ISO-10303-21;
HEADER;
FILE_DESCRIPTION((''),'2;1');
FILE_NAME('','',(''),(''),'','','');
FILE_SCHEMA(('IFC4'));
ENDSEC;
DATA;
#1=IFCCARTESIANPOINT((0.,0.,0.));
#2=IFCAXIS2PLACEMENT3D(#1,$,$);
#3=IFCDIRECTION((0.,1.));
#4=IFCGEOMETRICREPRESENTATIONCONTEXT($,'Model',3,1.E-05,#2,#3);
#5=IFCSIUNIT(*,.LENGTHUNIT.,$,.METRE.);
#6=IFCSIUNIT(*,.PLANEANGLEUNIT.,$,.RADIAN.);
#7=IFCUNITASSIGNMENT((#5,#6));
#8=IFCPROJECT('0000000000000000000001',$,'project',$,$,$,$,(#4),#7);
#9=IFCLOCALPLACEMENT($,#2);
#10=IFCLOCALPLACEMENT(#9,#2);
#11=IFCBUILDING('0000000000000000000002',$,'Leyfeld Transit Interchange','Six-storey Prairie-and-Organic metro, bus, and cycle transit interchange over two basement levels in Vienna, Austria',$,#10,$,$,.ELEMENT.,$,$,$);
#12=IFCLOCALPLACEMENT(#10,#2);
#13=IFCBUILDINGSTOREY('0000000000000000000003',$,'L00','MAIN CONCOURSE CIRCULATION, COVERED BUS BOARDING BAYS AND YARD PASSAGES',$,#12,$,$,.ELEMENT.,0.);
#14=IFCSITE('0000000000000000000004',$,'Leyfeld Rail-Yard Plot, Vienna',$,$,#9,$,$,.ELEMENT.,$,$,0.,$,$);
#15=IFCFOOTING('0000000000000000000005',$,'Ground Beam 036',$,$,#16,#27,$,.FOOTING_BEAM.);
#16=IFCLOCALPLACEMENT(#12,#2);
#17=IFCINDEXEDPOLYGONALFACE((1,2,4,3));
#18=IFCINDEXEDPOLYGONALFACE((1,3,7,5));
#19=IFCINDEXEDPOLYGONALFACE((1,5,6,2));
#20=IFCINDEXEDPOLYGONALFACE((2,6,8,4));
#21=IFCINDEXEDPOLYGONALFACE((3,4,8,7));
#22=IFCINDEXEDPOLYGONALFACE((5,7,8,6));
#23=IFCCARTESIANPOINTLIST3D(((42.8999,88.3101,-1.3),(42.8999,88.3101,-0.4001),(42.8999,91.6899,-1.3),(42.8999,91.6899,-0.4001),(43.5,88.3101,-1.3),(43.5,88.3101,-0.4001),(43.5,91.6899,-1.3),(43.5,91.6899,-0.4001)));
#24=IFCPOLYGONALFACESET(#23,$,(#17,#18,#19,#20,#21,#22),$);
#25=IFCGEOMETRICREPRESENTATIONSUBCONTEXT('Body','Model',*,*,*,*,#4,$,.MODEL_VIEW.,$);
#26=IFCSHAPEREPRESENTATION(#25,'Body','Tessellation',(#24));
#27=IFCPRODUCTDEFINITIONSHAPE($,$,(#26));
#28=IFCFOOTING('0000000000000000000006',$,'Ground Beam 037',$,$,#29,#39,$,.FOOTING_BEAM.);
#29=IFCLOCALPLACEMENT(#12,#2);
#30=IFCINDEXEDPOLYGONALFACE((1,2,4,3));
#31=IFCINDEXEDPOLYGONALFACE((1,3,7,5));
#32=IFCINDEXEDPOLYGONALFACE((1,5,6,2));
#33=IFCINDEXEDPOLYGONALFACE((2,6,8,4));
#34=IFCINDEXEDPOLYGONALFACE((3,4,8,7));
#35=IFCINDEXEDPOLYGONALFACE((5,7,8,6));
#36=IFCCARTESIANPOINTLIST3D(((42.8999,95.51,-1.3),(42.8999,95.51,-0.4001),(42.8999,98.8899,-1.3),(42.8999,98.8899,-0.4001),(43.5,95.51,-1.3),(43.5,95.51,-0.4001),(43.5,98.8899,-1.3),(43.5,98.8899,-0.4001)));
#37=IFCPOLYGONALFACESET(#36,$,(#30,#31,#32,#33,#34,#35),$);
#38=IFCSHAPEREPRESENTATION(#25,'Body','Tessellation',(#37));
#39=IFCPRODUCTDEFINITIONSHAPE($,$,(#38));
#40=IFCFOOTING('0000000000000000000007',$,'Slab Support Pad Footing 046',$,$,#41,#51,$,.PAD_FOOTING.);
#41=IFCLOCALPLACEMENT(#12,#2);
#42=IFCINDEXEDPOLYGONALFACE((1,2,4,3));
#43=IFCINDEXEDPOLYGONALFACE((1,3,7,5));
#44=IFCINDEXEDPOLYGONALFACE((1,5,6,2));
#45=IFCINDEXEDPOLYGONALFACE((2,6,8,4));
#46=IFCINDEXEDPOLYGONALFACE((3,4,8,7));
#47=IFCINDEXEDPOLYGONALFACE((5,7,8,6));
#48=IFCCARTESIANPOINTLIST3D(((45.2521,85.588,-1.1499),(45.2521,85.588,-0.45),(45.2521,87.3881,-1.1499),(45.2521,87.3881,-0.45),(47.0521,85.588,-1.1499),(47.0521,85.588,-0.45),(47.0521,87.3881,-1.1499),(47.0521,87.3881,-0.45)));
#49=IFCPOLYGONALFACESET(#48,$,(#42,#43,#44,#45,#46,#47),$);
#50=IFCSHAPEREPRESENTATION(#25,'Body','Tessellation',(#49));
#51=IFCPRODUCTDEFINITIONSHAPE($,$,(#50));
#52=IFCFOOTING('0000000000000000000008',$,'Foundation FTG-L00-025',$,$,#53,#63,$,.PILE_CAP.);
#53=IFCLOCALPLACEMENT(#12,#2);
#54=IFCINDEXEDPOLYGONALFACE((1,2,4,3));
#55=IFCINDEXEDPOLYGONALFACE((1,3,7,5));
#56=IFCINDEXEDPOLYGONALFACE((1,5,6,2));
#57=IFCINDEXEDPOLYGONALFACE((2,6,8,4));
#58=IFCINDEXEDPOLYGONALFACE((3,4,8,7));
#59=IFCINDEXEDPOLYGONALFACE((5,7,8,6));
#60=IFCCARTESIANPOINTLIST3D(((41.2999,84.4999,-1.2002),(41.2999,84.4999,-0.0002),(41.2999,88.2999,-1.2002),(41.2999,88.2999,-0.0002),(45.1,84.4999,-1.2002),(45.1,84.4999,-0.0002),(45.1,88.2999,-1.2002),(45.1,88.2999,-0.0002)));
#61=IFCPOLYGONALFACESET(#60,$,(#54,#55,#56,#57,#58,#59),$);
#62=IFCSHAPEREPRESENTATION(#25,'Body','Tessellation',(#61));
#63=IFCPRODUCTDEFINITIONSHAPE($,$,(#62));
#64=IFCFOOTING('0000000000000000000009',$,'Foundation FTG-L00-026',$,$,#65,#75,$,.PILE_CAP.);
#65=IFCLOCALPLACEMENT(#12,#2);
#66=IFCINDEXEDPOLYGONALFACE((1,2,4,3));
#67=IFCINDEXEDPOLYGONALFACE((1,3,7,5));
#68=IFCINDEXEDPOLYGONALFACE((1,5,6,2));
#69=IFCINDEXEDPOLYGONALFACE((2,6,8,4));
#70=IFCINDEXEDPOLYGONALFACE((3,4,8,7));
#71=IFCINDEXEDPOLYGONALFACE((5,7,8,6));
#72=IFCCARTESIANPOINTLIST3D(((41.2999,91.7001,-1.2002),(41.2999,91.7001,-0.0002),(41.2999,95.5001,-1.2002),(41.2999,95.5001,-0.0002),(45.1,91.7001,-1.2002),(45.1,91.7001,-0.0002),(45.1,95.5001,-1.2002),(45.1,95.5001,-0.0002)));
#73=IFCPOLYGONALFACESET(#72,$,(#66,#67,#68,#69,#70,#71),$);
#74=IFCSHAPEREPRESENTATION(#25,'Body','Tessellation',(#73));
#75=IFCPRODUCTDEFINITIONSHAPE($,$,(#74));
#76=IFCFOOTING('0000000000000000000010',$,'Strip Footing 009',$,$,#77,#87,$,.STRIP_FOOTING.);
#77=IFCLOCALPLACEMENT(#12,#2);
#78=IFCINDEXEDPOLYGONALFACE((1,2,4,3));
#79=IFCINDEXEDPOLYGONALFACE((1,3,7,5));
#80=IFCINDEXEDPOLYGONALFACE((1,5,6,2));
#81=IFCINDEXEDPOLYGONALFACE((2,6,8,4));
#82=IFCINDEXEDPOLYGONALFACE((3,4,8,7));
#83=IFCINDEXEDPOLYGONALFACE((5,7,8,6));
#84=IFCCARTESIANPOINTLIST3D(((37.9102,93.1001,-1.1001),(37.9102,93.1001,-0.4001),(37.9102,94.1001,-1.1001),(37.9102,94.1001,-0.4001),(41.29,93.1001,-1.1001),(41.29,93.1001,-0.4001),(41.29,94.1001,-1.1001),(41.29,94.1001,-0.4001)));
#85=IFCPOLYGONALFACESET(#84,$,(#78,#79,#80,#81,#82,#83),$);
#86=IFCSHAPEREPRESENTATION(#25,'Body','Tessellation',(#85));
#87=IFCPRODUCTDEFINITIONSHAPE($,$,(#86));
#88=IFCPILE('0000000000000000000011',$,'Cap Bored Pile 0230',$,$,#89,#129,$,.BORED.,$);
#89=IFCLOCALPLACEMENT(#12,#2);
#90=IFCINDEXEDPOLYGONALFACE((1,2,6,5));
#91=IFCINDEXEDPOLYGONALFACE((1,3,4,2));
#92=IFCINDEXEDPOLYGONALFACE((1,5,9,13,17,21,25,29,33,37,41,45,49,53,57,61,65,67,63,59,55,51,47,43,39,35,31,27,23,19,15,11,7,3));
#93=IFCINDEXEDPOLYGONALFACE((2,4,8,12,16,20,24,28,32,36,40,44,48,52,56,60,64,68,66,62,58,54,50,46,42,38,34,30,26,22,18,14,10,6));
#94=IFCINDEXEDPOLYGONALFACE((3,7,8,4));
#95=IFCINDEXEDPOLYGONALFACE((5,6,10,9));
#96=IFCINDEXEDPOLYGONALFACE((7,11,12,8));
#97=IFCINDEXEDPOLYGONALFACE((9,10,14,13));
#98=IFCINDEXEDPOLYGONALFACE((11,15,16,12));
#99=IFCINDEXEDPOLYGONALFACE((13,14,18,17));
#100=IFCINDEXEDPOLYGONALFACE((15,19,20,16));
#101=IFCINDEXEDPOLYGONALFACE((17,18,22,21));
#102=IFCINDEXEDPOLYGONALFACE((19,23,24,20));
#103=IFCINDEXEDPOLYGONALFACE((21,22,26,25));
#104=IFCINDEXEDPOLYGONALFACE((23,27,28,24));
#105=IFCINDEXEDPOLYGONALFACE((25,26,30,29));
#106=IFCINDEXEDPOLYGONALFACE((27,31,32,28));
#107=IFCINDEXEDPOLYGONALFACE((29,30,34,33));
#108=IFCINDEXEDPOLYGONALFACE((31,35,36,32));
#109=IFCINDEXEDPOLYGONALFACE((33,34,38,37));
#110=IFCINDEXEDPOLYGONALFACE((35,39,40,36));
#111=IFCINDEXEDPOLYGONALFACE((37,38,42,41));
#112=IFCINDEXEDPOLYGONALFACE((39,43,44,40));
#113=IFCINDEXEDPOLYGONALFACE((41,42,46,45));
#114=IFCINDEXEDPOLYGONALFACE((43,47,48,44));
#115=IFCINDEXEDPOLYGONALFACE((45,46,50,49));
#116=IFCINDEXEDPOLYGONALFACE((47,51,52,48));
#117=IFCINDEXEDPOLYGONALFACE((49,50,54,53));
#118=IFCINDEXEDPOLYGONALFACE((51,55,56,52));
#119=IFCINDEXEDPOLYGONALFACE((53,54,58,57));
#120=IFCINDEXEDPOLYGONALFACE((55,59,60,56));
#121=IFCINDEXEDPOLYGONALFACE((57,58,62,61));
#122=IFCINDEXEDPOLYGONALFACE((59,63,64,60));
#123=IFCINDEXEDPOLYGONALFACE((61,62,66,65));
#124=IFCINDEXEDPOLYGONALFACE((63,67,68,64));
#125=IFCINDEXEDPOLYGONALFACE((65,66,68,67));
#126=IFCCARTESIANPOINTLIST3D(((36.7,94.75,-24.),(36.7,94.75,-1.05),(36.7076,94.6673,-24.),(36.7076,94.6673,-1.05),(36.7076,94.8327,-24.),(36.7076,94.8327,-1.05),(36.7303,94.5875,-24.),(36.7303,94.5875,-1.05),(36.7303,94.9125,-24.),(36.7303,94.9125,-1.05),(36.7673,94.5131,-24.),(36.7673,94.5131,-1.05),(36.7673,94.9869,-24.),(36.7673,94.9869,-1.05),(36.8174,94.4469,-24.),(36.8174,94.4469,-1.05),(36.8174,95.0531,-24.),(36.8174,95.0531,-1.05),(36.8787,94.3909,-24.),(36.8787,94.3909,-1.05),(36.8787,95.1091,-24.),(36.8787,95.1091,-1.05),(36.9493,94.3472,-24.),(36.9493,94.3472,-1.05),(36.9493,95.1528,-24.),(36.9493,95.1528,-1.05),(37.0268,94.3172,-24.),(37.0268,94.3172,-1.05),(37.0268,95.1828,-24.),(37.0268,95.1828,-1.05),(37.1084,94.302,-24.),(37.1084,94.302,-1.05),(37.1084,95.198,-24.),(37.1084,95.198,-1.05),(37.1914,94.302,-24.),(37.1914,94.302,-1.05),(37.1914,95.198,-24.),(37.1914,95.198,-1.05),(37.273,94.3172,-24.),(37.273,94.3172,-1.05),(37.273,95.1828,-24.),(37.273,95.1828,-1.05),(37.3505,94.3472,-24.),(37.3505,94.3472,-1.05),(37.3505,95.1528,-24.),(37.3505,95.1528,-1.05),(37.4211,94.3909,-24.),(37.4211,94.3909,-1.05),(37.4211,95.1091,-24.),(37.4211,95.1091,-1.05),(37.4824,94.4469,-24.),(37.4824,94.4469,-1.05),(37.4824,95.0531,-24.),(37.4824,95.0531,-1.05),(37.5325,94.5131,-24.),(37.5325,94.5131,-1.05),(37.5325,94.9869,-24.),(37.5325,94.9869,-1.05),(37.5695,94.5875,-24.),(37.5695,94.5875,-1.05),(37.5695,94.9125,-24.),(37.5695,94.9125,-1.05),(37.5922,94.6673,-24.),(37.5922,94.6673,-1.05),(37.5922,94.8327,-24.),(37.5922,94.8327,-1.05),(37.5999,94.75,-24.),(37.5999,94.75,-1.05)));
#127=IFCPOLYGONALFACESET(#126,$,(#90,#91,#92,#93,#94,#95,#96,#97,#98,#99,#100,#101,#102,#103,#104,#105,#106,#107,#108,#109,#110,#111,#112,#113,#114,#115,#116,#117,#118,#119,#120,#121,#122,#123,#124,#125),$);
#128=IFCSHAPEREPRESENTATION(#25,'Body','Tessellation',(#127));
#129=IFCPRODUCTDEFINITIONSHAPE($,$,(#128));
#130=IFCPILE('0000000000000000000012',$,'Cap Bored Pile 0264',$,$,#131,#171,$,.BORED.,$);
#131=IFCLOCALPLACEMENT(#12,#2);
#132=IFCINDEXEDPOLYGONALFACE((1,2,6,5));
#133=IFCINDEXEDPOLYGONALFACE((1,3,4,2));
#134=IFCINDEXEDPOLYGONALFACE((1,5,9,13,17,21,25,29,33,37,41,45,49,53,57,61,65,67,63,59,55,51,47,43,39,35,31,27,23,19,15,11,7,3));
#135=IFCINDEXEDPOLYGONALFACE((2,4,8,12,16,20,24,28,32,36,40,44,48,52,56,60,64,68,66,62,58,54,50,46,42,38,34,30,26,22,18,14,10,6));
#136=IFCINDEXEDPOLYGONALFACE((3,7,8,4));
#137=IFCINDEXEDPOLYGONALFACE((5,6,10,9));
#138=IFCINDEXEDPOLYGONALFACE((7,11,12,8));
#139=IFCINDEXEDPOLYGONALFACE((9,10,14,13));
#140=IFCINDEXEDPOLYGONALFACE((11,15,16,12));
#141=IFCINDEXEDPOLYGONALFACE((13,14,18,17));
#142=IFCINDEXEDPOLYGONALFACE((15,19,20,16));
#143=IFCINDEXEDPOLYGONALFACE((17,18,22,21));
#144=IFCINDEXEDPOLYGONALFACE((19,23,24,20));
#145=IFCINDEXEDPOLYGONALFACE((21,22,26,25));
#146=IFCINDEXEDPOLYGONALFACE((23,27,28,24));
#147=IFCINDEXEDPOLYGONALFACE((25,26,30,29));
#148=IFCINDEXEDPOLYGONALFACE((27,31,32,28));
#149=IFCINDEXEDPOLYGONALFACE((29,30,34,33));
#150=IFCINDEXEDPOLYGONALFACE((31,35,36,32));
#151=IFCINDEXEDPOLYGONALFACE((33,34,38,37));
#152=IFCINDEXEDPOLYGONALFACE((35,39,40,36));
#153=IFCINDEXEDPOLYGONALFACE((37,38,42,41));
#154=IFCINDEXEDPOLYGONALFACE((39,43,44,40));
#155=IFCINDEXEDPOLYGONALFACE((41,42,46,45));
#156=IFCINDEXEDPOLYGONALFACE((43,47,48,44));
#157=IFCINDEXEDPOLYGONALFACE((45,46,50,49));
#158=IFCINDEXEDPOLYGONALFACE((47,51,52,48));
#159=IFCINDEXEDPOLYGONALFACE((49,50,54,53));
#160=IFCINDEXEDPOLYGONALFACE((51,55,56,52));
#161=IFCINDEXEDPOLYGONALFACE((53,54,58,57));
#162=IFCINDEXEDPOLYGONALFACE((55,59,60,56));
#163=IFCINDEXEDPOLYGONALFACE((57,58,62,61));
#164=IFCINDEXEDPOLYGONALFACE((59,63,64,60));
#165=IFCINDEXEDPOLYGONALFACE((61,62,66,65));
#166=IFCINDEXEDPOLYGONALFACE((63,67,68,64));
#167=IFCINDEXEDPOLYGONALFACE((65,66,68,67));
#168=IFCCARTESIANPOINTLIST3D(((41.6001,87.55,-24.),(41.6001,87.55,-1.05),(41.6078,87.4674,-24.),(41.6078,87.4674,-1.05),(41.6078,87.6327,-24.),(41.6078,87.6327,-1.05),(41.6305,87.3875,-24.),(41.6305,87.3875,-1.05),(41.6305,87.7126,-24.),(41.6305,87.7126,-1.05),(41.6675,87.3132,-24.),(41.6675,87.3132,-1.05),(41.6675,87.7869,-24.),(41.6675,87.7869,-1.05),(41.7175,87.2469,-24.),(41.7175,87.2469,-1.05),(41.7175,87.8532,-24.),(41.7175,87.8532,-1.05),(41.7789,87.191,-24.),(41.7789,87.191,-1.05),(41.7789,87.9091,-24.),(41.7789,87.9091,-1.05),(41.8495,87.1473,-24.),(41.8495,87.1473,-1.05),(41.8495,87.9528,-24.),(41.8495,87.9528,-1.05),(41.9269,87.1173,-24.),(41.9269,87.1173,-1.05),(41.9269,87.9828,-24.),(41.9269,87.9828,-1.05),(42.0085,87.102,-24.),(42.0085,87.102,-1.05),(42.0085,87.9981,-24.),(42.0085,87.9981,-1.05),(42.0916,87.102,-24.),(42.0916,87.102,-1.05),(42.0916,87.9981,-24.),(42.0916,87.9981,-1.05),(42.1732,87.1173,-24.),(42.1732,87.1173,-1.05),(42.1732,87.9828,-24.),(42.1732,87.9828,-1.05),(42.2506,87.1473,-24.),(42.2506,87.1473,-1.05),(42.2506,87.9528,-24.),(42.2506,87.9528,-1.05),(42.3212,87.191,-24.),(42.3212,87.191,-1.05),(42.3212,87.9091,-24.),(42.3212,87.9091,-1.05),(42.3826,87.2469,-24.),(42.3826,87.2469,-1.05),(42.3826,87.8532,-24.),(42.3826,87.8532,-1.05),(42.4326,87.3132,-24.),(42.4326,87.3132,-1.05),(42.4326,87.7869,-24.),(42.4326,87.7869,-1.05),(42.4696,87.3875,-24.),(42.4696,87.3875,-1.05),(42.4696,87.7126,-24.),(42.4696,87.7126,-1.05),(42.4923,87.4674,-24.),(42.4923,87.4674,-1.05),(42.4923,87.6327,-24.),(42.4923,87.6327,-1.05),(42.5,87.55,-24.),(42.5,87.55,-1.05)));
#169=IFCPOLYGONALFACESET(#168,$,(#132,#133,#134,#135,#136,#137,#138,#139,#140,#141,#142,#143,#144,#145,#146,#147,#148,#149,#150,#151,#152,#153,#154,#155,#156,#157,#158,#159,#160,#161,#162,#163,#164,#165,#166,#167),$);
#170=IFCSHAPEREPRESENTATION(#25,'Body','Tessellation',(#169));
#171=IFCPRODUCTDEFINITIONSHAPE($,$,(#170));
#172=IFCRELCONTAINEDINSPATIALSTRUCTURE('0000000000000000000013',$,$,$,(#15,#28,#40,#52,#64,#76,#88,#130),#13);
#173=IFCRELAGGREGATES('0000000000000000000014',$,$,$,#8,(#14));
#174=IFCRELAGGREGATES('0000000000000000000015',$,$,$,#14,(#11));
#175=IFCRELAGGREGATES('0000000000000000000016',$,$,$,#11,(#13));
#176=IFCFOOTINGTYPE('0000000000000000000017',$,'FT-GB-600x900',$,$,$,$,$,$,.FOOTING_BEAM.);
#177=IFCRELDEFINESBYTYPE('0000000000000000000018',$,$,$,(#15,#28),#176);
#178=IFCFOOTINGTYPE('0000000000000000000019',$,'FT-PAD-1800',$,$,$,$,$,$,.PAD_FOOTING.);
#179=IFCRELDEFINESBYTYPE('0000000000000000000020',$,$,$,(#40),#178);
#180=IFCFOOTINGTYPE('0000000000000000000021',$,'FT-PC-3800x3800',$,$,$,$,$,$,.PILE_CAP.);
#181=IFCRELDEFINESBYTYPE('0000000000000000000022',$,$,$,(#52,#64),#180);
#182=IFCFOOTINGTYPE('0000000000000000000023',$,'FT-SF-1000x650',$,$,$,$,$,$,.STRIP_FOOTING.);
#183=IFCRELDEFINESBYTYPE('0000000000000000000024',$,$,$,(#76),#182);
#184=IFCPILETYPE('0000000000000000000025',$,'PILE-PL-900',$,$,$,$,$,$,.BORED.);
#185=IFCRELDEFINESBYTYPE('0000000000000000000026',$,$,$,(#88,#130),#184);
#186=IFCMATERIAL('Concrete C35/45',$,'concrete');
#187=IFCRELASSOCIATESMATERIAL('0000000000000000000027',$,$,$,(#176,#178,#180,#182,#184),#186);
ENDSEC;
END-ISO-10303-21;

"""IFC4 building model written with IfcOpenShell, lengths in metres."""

from ifc_helpers import new_model, si_unit, direction, frame, origin, origin_2d, place, context, subcontext, project, spatial, rectangle, circle, extrude, material, material_profile, profile_set, type_object, element, save


model = new_model("IFC4")

# Units and contexts
model_context = context("Model", 3, precision=1e-05, world=origin(), true_north=direction((0.0, 1.0)))
body_context = subcontext(model_context, "Body", "Model", "MODEL_VIEW")
ifc_project = project(units=[si_unit("LENGTHUNIT", "METRE"), si_unit("PLANEANGLEUNIT", "RADIAN")], contexts=[model_context])

# Site, building, storey
site_placement = place(None, origin())
site = spatial("IfcSite", under=ifc_project, at=site_placement, Name="Leyfeld Rail-Yard Plot, Vienna", CompositionType="ELEMENT", RefElevation=0.0)
building_placement = place(site_placement, origin())
building = spatial("IfcBuilding", under=site, at=building_placement, Name="Leyfeld Transit Interchange", Description="Six-storey Prairie-and-Organic metro, bus, and cycle transit interchange over two basement levels in Vienna, Austria", CompositionType="ELEMENT")
storey_placement = place(building_placement, origin())
storey = spatial("IfcBuildingStorey", under=building, at=storey_placement, Name="L00", Description="MAIN CONCOURSE CIRCULATION, COVERED BUS BOARDING BAYS AND YARD PASSAGES", CompositionType="ELEMENT", Elevation=0.0)

# Footings
ifc_material_1 = material(Name="Concrete C35/45", Category="concrete")
footing_type_1 = type_object("IfcFootingType", Name="FT-GB-600x900", PredefinedType="FOOTING_BEAM", material=ifc_material_1)
for number, where, z_axis, x_axis, name in (
    (1, (43.2, 90.0, -1.3), (0.0, 0.0, 1.0), (1.0, 0.0, 0.0), "Ground Beam 036"),
    (2, (43.2, 97.2, -1.3), (0.0, 0.0, 1.0), (1.0, 0.0, 0.0), "Ground Beam 037"),
):
    element("IfcFooting", number, at=place(storey_placement, frame(where, z_axis=z_axis, x_axis=x_axis)), inside=storey, type_object=footing_type_1, Name=name, PredefinedType="FOOTING_BEAM", context=body_context, shape_type="SweptSolid", body=[
        extrude(rectangle(XDim=0.6001, YDim=3.3799, at=origin_2d()), origin(), (0.0, 0.0, 1.0), 0.8999),
    ])
footing_type_2 = type_object("IfcFootingType", Name="FT-PAD-1800", PredefinedType="PAD_FOOTING", material=ifc_material_1)
footing_1_placement = place(storey_placement, frame((46.1521, 86.488, -1.1499), z_axis=(0.0, 0.0, 1.0), x_axis=(1.0, 0.0, 0.0)))
element("IfcFooting", 3, at=footing_1_placement, inside=storey, type_object=footing_type_2, Name="Slab Support Pad Footing 046", PredefinedType="PAD_FOOTING", context=body_context, shape_type="SweptSolid", body=[
    extrude(rectangle(XDim=1.8, YDim=1.8, at=origin_2d()), origin(), (0.0, 0.0, 1.0), 0.7),
])
footing_type_3 = type_object("IfcFootingType", Name="FT-PC-3800x3800", PredefinedType="PILE_CAP", material=ifc_material_1)
for number, where, z_axis, x_axis, name in (
    (4, (43.2, 86.3999, -1.2002), (0.0, 0.0, 1.0), (1.0, 0.0, 0.0), "Foundation FTG-L00-025"),
    (5, (43.2, 93.6001, -1.2002), (0.0, 0.0, 1.0), (1.0, 0.0, 0.0), "Foundation FTG-L00-026"),
):
    element("IfcFooting", number, at=place(storey_placement, frame(where, z_axis=z_axis, x_axis=x_axis)), inside=storey, type_object=footing_type_3, Name=name, PredefinedType="PILE_CAP", context=body_context, shape_type="SweptSolid", body=[
        extrude(rectangle(XDim=3.8, YDim=3.8, at=origin_2d()), origin(), (0.0, 0.0, 1.0), 1.2),
    ])
footing_type_4 = type_object("IfcFootingType", Name="FT-SF-1000x650", PredefinedType="STRIP_FOOTING", material=ifc_material_1)
footing_2_placement = place(storey_placement, frame((39.6001, 93.6001, -1.1001), z_axis=(0.0, 0.0, 1.0), x_axis=(1.0, 0.0, 0.0)))
element("IfcFooting", 6, at=footing_2_placement, inside=storey, type_object=footing_type_4, Name="Strip Footing 009", PredefinedType="STRIP_FOOTING", context=body_context, shape_type="SweptSolid", body=[
    extrude(rectangle(XDim=3.3799, YDim=1.0, at=origin_2d()), origin(), (0.0, 0.0, 1.0), 0.7),
])

# Piles
ifc_material_profile_1 = material_profile(ifc_material_1, circle(Radius=0.45, at=origin_2d()), Name="PILE D900")
ifc_profile_set_1 = profile_set([ifc_material_profile_1], Name="Concrete C35/45")
pile_type = type_object("IfcPileType", Name="PILE-PL-900", PredefinedType="BORED", material=ifc_profile_set_1)
for number, where, z_axis, x_axis, name in (
    (7, (37.1499, 94.75, -1.05), (0.0, 0.0, -1.0), (1.0, 0.0, 0.0), "Cap Bored Pile 0230"),
    (8, (42.05, 87.55, -1.05), (0.0, 0.0, -1.0), (1.0, 0.0, 0.0), "Cap Bored Pile 0264"),
):
    element("IfcPile", number, at=place(storey_placement, frame(where, z_axis=z_axis, x_axis=x_axis)), inside=storey, type_object=pile_type, Name=name, PredefinedType="BORED", context=body_context, shape_type="SweptSolid", body=[
        extrude(circle(Radius=0.45, at=origin_2d()), origin(), (0.0, 0.0, 1.0), 22.95),
    ])

save(model, "model.ifc")
